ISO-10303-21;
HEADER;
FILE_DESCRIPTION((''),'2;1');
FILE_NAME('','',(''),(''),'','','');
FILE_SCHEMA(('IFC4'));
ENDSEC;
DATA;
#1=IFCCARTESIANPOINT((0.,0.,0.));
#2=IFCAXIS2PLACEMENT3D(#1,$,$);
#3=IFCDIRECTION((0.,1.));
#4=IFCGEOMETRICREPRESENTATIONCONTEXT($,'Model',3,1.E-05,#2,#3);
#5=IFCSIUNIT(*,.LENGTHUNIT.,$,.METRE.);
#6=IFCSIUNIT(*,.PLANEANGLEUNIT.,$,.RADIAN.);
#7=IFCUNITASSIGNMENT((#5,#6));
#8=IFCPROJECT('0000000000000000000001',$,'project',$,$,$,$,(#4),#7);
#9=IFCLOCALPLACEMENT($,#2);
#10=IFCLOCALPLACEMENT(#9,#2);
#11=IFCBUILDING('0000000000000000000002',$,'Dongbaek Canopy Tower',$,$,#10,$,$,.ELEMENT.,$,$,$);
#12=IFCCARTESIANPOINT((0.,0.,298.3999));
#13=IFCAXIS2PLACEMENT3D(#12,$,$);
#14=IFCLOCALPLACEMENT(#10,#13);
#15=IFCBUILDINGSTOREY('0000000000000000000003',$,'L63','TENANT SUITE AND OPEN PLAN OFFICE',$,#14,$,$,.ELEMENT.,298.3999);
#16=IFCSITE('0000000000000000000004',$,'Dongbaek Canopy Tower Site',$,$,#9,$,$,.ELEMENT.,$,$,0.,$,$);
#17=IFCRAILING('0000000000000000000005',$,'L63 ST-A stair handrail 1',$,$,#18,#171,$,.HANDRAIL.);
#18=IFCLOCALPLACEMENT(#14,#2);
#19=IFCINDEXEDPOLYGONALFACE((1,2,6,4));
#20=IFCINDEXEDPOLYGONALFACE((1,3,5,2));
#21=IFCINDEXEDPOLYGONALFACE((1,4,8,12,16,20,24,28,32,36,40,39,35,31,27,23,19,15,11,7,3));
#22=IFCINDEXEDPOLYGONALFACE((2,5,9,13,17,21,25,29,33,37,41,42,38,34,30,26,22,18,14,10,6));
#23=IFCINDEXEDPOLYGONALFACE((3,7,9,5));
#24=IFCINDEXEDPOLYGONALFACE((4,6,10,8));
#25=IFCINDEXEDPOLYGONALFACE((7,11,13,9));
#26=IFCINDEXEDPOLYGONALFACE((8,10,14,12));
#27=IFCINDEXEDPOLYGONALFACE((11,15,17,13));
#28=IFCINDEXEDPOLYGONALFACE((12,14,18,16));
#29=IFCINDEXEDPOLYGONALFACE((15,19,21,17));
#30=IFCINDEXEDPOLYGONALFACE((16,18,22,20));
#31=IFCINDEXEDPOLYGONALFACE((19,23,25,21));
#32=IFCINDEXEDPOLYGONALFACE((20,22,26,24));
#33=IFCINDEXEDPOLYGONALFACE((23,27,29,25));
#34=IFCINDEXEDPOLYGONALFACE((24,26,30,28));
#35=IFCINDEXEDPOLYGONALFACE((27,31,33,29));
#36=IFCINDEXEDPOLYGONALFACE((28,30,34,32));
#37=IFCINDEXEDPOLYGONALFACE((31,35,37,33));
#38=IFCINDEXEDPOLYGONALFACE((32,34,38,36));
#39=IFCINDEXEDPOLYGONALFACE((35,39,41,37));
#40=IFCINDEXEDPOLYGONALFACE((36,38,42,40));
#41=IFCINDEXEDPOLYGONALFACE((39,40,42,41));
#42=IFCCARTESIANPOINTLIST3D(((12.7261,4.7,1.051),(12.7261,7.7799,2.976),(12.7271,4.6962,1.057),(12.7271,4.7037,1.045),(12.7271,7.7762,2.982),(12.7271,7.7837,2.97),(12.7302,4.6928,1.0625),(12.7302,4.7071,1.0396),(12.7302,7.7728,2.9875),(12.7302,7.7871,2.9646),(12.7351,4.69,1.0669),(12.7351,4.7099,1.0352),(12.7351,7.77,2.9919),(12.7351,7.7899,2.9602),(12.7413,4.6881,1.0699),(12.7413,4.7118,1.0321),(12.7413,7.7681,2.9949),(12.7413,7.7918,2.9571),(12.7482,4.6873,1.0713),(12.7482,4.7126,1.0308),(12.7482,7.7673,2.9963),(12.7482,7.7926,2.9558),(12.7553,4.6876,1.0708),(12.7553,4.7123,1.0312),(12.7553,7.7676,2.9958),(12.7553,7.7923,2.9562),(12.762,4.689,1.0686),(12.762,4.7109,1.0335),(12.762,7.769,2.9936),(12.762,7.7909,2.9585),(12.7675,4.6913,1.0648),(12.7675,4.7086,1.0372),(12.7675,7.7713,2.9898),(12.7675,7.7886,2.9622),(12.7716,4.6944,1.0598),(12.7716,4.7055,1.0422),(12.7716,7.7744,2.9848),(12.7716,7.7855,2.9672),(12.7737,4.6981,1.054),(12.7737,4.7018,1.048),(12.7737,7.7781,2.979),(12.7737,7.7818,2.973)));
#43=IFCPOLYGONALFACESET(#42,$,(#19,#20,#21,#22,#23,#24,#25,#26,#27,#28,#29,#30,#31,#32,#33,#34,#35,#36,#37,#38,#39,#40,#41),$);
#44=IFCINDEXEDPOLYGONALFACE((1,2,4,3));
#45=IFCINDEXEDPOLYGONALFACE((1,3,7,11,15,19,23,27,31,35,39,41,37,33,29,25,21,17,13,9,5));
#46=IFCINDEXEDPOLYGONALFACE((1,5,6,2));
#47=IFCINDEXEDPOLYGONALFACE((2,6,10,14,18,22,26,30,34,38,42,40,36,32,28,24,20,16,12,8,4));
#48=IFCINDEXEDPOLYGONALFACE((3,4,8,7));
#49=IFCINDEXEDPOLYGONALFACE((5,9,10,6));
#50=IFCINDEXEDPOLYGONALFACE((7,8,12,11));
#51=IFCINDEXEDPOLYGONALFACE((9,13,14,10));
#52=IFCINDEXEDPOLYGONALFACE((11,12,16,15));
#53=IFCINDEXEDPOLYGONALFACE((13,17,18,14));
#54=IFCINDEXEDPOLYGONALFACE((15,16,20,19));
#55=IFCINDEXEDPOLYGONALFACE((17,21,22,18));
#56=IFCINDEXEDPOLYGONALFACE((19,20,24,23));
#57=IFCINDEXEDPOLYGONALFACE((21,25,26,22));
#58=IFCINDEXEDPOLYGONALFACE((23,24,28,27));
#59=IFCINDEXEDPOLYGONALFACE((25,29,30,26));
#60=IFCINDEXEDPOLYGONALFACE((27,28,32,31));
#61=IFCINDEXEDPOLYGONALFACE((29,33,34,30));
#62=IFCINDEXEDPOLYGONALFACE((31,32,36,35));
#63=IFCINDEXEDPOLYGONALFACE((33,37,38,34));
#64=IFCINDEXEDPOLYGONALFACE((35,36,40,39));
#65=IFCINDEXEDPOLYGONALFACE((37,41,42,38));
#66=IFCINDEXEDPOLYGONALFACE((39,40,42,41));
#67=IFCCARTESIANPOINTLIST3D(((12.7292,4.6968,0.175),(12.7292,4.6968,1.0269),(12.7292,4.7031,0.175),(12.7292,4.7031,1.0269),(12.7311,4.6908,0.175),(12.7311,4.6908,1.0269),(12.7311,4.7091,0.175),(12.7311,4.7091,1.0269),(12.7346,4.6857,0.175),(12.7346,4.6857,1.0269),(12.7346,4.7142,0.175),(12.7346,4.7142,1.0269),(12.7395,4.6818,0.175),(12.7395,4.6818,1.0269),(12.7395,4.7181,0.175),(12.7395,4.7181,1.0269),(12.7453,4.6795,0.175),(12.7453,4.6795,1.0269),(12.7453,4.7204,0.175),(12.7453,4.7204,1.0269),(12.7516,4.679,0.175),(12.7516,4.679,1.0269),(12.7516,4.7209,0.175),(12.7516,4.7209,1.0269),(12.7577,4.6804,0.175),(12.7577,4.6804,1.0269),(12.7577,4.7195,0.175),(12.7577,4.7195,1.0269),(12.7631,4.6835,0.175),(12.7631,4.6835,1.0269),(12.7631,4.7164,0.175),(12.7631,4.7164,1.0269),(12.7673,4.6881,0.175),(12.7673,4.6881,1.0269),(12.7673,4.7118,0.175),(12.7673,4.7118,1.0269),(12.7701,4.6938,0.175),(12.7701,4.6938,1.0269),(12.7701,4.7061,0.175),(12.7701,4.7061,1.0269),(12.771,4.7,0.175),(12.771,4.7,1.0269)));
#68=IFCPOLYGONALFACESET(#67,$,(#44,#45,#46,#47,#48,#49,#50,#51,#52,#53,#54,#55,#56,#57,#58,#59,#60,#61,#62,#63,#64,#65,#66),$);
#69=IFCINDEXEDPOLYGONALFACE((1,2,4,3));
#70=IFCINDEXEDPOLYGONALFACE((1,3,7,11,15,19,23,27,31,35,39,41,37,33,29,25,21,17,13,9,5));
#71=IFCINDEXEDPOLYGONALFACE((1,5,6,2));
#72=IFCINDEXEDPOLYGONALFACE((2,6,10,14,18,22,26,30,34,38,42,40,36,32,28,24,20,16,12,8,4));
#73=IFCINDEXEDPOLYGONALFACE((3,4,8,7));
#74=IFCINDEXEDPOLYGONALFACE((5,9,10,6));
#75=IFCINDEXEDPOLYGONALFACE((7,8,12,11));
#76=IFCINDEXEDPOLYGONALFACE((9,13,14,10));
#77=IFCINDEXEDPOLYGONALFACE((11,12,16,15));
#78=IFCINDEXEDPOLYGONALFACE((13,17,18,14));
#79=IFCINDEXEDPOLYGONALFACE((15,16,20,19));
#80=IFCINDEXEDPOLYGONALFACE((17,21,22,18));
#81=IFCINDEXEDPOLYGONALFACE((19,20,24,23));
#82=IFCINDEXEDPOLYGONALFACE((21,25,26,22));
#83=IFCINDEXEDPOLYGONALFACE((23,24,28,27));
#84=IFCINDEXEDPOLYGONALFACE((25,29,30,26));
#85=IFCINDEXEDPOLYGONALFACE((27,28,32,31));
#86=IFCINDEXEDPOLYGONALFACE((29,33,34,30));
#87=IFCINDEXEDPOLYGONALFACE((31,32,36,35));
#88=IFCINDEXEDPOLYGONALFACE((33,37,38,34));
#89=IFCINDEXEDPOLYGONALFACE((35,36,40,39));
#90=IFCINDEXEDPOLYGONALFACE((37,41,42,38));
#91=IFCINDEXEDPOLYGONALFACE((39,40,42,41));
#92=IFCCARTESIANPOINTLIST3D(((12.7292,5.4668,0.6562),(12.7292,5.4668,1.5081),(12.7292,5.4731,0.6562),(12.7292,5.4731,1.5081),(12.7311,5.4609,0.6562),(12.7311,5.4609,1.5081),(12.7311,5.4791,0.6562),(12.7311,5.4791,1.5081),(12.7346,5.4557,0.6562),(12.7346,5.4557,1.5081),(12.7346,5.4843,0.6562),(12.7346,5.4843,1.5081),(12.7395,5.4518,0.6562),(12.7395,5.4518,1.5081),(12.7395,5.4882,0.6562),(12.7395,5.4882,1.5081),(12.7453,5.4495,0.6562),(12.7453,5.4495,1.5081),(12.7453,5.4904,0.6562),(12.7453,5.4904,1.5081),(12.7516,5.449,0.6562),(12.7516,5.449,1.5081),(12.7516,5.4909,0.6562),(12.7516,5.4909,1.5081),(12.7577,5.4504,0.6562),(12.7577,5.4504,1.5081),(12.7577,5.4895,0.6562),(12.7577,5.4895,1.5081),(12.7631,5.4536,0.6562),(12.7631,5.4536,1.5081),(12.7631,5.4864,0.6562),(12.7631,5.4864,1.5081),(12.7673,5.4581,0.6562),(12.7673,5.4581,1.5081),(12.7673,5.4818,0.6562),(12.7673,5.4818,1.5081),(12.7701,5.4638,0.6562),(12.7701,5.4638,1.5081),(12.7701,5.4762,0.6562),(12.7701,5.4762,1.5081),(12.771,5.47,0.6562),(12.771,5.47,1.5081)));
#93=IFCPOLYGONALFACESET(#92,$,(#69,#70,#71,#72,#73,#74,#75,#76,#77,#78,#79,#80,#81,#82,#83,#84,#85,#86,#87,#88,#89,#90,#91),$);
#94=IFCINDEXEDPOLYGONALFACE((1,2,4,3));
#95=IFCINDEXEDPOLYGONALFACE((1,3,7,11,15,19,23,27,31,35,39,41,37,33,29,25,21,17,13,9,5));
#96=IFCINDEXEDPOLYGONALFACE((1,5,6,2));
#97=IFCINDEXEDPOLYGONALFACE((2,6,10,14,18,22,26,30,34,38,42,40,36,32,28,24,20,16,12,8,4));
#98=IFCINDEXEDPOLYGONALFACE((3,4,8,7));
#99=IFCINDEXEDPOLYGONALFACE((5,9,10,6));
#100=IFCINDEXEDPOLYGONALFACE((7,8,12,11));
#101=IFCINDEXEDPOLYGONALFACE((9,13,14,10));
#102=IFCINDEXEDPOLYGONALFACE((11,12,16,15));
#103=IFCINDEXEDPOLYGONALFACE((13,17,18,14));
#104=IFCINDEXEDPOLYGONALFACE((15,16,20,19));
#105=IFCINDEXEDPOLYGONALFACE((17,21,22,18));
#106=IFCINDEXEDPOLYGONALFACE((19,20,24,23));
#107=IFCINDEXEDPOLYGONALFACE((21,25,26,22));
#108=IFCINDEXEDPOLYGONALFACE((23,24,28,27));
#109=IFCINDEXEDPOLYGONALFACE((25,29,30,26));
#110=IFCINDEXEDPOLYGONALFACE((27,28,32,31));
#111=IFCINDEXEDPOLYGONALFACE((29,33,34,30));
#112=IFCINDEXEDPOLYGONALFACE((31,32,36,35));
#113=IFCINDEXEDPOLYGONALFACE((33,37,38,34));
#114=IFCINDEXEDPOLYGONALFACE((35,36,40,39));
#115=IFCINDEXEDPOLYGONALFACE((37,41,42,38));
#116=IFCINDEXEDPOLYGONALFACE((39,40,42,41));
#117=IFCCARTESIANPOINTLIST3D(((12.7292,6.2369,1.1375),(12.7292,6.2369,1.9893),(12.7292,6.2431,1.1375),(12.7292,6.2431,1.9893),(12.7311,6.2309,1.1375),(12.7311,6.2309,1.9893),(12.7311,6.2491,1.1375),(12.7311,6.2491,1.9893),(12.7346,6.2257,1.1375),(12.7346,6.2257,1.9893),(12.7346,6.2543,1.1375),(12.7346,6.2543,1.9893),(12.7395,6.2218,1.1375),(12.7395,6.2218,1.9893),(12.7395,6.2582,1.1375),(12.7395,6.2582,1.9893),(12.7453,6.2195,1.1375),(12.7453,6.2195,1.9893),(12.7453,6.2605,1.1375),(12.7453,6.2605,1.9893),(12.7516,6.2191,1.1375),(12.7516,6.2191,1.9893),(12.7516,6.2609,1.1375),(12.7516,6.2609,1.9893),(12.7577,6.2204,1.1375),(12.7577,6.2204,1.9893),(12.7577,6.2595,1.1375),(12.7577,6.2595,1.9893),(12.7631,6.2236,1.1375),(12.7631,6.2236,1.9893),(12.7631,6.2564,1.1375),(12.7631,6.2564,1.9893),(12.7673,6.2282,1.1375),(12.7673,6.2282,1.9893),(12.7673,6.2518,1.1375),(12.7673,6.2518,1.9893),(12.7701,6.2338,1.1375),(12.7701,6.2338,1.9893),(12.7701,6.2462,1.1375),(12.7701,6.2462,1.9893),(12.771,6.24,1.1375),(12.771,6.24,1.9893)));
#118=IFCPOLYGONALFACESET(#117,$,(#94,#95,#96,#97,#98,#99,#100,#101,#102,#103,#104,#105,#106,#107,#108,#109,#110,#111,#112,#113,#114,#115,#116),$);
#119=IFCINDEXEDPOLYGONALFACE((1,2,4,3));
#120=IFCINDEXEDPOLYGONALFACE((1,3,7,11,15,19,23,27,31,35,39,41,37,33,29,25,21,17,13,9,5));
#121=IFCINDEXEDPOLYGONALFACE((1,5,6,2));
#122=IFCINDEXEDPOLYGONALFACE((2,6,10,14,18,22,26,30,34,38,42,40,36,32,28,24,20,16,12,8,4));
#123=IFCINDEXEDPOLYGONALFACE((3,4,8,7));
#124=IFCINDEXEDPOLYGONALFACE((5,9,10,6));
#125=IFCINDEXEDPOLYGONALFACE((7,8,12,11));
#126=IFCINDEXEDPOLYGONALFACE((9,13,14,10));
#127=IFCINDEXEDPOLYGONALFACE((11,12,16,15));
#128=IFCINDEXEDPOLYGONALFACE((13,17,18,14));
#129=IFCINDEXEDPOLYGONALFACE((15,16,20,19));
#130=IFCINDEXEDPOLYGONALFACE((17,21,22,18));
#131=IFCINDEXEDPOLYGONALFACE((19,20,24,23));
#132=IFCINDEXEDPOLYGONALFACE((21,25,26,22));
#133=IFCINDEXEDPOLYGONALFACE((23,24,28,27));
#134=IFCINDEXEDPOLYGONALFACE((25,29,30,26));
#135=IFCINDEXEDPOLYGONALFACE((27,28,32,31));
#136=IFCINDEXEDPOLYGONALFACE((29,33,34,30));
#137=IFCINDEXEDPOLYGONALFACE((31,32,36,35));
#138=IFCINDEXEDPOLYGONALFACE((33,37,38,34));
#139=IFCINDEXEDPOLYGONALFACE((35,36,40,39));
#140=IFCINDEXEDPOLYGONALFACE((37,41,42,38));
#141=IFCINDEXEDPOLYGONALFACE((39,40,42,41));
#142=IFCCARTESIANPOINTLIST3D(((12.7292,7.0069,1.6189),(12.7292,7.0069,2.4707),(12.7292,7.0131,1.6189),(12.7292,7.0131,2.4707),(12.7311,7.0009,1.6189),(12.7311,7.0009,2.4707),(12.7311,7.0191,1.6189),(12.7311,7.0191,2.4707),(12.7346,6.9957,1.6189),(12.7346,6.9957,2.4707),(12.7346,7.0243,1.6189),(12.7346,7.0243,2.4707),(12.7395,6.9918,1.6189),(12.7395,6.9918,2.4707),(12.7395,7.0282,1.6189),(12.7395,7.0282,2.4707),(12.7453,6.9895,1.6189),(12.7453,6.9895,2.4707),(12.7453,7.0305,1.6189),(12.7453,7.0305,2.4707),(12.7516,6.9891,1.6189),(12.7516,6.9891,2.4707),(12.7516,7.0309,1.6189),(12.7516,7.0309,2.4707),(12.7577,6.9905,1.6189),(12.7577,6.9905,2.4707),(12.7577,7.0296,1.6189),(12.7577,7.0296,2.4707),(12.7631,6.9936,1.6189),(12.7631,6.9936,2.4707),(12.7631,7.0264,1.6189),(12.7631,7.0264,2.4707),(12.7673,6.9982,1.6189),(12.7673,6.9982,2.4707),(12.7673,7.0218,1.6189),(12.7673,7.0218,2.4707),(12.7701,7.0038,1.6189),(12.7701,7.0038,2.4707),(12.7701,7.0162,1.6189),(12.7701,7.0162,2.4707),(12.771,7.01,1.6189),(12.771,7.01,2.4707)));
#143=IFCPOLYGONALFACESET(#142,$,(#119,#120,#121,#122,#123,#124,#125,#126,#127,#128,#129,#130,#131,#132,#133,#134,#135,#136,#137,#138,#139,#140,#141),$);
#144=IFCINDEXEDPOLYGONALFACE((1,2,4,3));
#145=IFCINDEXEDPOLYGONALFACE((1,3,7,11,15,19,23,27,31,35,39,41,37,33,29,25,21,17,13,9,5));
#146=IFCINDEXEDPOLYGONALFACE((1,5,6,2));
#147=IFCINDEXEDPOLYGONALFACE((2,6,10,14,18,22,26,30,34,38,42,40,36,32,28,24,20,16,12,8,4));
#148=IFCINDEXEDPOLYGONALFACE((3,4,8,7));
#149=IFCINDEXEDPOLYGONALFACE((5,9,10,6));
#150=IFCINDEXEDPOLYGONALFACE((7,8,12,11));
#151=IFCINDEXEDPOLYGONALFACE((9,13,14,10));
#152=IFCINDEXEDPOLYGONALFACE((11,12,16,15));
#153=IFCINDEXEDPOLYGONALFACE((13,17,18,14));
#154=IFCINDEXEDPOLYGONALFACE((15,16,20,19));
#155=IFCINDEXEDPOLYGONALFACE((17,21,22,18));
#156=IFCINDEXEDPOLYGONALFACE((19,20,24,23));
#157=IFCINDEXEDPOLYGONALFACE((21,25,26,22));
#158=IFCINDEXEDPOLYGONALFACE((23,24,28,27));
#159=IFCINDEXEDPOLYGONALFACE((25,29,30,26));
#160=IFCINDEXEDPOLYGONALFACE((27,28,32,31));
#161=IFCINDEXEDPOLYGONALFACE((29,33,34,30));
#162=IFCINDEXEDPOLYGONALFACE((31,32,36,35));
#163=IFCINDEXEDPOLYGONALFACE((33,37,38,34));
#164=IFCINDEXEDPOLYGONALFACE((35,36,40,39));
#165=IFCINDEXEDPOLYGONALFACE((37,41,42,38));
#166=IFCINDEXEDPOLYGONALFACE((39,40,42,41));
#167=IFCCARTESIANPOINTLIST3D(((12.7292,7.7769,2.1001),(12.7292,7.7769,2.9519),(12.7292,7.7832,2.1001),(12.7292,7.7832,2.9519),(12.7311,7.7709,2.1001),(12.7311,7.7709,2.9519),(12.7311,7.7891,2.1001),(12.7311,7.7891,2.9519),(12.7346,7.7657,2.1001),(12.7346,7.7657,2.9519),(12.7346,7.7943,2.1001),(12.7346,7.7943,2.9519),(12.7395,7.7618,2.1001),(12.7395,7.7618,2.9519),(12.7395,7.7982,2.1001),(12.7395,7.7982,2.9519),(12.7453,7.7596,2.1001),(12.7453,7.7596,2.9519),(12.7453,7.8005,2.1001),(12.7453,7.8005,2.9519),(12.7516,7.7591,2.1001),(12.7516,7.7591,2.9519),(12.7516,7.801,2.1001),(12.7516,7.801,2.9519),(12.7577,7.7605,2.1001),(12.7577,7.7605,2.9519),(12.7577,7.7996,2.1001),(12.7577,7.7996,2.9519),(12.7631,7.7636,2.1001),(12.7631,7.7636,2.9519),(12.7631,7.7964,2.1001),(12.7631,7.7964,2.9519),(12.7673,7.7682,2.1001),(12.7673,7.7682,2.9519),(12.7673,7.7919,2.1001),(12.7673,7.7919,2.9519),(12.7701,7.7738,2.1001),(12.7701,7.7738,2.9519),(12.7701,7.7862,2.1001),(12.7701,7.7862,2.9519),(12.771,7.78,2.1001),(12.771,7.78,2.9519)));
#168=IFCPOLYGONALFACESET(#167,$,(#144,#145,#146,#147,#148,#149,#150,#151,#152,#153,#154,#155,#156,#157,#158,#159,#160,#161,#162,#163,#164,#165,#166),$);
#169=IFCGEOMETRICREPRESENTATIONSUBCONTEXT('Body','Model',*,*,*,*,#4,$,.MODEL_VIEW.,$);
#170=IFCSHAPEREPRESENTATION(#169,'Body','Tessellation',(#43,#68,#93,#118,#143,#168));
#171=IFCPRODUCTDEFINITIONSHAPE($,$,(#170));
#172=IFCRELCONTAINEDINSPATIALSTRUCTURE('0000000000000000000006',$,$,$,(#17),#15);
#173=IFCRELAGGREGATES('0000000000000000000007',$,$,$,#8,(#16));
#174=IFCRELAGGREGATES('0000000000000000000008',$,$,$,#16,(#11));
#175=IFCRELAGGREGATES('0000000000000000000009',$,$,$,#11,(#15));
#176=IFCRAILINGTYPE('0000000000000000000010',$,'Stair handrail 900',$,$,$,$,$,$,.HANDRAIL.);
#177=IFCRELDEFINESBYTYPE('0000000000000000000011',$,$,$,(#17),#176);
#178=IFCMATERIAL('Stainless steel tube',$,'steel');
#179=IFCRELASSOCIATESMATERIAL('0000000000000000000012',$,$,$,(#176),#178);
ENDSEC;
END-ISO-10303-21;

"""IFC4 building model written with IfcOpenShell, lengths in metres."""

from ifc_helpers import new_model, si_unit, direction, frame, origin, origin_2d, place, context, subcontext, project, spatial, circle, extrude, material, type_object, element, save


model = new_model("IFC4")

# Units and contexts
model_context = context("Model", 3, precision=1e-05, world=origin(), true_north=direction((0.0, 1.0)))
body_context = subcontext(model_context, "Body", "Model", "MODEL_VIEW")
ifc_project = project(units=[si_unit("LENGTHUNIT", "METRE"), si_unit("PLANEANGLEUNIT", "RADIAN")], contexts=[model_context])

# Site, building, storey
site_placement = place(None, origin())
site = spatial("IfcSite", under=ifc_project, at=site_placement, Name="Dongbaek Canopy Tower Site", CompositionType="ELEMENT", RefElevation=0.0)
building_placement = place(site_placement, origin())
building = spatial("IfcBuilding", under=site, at=building_placement, Name="Dongbaek Canopy Tower", CompositionType="ELEMENT")
storey_placement = place(building_placement, frame((0.0, 0.0, 298.3999)))
storey = spatial("IfcBuildingStorey", under=building, at=storey_placement, Name="L63", Description="TENANT SUITE AND OPEN PLAN OFFICE", CompositionType="ELEMENT", Elevation=298.3999)

# Railing
ifc_material_1 = material(Name="Stainless steel tube", Category="steel")
railing_type_1 = type_object("IfcRailingType", Name="Stair handrail 900", PredefinedType="HANDRAIL", material=ifc_material_1)
railing_1_placement = place(storey_placement, frame((12.75, 4.7, 0.175)))
element("IfcRailing", 1, at=railing_1_placement, inside=storey, type_object=railing_type_1, Name="L63 ST-A stair handrail 1", PredefinedType="HANDRAIL", context=body_context, shape_type="SweptSolid", body=[
    extrude(circle(Radius=0.0239, at=origin_2d()), frame((0.0, 0.0, 0.876), z_axis=(0.0, 0.847998, 0.529999), x_axis=(-1.0, 0.0, 0.0)), (0.0, 0.0, 1.0), 3.6321),
    extrude(circle(Radius=0.021, at=origin_2d()), origin(), (0.0, 0.0, 1.0), 0.8518),
    extrude(circle(Radius=0.021, at=origin_2d()), frame((0.0, 0.77, 0.4812)), (0.0, 0.0, 1.0), 0.8518),
    extrude(circle(Radius=0.021, at=origin_2d()), frame((0.0, 1.54, 0.9624)), (0.0, 0.0, 1.0), 0.8518),
    extrude(circle(Radius=0.021, at=origin_2d()), frame((0.0, 2.3101, 1.4438)), (0.0, 0.0, 1.0), 0.8518),
    extrude(circle(Radius=0.021, at=origin_2d()), frame((0.0, 3.0801, 1.925)), (0.0, 0.0, 1.0), 0.8518),
])

save(model, "model.ifc")
